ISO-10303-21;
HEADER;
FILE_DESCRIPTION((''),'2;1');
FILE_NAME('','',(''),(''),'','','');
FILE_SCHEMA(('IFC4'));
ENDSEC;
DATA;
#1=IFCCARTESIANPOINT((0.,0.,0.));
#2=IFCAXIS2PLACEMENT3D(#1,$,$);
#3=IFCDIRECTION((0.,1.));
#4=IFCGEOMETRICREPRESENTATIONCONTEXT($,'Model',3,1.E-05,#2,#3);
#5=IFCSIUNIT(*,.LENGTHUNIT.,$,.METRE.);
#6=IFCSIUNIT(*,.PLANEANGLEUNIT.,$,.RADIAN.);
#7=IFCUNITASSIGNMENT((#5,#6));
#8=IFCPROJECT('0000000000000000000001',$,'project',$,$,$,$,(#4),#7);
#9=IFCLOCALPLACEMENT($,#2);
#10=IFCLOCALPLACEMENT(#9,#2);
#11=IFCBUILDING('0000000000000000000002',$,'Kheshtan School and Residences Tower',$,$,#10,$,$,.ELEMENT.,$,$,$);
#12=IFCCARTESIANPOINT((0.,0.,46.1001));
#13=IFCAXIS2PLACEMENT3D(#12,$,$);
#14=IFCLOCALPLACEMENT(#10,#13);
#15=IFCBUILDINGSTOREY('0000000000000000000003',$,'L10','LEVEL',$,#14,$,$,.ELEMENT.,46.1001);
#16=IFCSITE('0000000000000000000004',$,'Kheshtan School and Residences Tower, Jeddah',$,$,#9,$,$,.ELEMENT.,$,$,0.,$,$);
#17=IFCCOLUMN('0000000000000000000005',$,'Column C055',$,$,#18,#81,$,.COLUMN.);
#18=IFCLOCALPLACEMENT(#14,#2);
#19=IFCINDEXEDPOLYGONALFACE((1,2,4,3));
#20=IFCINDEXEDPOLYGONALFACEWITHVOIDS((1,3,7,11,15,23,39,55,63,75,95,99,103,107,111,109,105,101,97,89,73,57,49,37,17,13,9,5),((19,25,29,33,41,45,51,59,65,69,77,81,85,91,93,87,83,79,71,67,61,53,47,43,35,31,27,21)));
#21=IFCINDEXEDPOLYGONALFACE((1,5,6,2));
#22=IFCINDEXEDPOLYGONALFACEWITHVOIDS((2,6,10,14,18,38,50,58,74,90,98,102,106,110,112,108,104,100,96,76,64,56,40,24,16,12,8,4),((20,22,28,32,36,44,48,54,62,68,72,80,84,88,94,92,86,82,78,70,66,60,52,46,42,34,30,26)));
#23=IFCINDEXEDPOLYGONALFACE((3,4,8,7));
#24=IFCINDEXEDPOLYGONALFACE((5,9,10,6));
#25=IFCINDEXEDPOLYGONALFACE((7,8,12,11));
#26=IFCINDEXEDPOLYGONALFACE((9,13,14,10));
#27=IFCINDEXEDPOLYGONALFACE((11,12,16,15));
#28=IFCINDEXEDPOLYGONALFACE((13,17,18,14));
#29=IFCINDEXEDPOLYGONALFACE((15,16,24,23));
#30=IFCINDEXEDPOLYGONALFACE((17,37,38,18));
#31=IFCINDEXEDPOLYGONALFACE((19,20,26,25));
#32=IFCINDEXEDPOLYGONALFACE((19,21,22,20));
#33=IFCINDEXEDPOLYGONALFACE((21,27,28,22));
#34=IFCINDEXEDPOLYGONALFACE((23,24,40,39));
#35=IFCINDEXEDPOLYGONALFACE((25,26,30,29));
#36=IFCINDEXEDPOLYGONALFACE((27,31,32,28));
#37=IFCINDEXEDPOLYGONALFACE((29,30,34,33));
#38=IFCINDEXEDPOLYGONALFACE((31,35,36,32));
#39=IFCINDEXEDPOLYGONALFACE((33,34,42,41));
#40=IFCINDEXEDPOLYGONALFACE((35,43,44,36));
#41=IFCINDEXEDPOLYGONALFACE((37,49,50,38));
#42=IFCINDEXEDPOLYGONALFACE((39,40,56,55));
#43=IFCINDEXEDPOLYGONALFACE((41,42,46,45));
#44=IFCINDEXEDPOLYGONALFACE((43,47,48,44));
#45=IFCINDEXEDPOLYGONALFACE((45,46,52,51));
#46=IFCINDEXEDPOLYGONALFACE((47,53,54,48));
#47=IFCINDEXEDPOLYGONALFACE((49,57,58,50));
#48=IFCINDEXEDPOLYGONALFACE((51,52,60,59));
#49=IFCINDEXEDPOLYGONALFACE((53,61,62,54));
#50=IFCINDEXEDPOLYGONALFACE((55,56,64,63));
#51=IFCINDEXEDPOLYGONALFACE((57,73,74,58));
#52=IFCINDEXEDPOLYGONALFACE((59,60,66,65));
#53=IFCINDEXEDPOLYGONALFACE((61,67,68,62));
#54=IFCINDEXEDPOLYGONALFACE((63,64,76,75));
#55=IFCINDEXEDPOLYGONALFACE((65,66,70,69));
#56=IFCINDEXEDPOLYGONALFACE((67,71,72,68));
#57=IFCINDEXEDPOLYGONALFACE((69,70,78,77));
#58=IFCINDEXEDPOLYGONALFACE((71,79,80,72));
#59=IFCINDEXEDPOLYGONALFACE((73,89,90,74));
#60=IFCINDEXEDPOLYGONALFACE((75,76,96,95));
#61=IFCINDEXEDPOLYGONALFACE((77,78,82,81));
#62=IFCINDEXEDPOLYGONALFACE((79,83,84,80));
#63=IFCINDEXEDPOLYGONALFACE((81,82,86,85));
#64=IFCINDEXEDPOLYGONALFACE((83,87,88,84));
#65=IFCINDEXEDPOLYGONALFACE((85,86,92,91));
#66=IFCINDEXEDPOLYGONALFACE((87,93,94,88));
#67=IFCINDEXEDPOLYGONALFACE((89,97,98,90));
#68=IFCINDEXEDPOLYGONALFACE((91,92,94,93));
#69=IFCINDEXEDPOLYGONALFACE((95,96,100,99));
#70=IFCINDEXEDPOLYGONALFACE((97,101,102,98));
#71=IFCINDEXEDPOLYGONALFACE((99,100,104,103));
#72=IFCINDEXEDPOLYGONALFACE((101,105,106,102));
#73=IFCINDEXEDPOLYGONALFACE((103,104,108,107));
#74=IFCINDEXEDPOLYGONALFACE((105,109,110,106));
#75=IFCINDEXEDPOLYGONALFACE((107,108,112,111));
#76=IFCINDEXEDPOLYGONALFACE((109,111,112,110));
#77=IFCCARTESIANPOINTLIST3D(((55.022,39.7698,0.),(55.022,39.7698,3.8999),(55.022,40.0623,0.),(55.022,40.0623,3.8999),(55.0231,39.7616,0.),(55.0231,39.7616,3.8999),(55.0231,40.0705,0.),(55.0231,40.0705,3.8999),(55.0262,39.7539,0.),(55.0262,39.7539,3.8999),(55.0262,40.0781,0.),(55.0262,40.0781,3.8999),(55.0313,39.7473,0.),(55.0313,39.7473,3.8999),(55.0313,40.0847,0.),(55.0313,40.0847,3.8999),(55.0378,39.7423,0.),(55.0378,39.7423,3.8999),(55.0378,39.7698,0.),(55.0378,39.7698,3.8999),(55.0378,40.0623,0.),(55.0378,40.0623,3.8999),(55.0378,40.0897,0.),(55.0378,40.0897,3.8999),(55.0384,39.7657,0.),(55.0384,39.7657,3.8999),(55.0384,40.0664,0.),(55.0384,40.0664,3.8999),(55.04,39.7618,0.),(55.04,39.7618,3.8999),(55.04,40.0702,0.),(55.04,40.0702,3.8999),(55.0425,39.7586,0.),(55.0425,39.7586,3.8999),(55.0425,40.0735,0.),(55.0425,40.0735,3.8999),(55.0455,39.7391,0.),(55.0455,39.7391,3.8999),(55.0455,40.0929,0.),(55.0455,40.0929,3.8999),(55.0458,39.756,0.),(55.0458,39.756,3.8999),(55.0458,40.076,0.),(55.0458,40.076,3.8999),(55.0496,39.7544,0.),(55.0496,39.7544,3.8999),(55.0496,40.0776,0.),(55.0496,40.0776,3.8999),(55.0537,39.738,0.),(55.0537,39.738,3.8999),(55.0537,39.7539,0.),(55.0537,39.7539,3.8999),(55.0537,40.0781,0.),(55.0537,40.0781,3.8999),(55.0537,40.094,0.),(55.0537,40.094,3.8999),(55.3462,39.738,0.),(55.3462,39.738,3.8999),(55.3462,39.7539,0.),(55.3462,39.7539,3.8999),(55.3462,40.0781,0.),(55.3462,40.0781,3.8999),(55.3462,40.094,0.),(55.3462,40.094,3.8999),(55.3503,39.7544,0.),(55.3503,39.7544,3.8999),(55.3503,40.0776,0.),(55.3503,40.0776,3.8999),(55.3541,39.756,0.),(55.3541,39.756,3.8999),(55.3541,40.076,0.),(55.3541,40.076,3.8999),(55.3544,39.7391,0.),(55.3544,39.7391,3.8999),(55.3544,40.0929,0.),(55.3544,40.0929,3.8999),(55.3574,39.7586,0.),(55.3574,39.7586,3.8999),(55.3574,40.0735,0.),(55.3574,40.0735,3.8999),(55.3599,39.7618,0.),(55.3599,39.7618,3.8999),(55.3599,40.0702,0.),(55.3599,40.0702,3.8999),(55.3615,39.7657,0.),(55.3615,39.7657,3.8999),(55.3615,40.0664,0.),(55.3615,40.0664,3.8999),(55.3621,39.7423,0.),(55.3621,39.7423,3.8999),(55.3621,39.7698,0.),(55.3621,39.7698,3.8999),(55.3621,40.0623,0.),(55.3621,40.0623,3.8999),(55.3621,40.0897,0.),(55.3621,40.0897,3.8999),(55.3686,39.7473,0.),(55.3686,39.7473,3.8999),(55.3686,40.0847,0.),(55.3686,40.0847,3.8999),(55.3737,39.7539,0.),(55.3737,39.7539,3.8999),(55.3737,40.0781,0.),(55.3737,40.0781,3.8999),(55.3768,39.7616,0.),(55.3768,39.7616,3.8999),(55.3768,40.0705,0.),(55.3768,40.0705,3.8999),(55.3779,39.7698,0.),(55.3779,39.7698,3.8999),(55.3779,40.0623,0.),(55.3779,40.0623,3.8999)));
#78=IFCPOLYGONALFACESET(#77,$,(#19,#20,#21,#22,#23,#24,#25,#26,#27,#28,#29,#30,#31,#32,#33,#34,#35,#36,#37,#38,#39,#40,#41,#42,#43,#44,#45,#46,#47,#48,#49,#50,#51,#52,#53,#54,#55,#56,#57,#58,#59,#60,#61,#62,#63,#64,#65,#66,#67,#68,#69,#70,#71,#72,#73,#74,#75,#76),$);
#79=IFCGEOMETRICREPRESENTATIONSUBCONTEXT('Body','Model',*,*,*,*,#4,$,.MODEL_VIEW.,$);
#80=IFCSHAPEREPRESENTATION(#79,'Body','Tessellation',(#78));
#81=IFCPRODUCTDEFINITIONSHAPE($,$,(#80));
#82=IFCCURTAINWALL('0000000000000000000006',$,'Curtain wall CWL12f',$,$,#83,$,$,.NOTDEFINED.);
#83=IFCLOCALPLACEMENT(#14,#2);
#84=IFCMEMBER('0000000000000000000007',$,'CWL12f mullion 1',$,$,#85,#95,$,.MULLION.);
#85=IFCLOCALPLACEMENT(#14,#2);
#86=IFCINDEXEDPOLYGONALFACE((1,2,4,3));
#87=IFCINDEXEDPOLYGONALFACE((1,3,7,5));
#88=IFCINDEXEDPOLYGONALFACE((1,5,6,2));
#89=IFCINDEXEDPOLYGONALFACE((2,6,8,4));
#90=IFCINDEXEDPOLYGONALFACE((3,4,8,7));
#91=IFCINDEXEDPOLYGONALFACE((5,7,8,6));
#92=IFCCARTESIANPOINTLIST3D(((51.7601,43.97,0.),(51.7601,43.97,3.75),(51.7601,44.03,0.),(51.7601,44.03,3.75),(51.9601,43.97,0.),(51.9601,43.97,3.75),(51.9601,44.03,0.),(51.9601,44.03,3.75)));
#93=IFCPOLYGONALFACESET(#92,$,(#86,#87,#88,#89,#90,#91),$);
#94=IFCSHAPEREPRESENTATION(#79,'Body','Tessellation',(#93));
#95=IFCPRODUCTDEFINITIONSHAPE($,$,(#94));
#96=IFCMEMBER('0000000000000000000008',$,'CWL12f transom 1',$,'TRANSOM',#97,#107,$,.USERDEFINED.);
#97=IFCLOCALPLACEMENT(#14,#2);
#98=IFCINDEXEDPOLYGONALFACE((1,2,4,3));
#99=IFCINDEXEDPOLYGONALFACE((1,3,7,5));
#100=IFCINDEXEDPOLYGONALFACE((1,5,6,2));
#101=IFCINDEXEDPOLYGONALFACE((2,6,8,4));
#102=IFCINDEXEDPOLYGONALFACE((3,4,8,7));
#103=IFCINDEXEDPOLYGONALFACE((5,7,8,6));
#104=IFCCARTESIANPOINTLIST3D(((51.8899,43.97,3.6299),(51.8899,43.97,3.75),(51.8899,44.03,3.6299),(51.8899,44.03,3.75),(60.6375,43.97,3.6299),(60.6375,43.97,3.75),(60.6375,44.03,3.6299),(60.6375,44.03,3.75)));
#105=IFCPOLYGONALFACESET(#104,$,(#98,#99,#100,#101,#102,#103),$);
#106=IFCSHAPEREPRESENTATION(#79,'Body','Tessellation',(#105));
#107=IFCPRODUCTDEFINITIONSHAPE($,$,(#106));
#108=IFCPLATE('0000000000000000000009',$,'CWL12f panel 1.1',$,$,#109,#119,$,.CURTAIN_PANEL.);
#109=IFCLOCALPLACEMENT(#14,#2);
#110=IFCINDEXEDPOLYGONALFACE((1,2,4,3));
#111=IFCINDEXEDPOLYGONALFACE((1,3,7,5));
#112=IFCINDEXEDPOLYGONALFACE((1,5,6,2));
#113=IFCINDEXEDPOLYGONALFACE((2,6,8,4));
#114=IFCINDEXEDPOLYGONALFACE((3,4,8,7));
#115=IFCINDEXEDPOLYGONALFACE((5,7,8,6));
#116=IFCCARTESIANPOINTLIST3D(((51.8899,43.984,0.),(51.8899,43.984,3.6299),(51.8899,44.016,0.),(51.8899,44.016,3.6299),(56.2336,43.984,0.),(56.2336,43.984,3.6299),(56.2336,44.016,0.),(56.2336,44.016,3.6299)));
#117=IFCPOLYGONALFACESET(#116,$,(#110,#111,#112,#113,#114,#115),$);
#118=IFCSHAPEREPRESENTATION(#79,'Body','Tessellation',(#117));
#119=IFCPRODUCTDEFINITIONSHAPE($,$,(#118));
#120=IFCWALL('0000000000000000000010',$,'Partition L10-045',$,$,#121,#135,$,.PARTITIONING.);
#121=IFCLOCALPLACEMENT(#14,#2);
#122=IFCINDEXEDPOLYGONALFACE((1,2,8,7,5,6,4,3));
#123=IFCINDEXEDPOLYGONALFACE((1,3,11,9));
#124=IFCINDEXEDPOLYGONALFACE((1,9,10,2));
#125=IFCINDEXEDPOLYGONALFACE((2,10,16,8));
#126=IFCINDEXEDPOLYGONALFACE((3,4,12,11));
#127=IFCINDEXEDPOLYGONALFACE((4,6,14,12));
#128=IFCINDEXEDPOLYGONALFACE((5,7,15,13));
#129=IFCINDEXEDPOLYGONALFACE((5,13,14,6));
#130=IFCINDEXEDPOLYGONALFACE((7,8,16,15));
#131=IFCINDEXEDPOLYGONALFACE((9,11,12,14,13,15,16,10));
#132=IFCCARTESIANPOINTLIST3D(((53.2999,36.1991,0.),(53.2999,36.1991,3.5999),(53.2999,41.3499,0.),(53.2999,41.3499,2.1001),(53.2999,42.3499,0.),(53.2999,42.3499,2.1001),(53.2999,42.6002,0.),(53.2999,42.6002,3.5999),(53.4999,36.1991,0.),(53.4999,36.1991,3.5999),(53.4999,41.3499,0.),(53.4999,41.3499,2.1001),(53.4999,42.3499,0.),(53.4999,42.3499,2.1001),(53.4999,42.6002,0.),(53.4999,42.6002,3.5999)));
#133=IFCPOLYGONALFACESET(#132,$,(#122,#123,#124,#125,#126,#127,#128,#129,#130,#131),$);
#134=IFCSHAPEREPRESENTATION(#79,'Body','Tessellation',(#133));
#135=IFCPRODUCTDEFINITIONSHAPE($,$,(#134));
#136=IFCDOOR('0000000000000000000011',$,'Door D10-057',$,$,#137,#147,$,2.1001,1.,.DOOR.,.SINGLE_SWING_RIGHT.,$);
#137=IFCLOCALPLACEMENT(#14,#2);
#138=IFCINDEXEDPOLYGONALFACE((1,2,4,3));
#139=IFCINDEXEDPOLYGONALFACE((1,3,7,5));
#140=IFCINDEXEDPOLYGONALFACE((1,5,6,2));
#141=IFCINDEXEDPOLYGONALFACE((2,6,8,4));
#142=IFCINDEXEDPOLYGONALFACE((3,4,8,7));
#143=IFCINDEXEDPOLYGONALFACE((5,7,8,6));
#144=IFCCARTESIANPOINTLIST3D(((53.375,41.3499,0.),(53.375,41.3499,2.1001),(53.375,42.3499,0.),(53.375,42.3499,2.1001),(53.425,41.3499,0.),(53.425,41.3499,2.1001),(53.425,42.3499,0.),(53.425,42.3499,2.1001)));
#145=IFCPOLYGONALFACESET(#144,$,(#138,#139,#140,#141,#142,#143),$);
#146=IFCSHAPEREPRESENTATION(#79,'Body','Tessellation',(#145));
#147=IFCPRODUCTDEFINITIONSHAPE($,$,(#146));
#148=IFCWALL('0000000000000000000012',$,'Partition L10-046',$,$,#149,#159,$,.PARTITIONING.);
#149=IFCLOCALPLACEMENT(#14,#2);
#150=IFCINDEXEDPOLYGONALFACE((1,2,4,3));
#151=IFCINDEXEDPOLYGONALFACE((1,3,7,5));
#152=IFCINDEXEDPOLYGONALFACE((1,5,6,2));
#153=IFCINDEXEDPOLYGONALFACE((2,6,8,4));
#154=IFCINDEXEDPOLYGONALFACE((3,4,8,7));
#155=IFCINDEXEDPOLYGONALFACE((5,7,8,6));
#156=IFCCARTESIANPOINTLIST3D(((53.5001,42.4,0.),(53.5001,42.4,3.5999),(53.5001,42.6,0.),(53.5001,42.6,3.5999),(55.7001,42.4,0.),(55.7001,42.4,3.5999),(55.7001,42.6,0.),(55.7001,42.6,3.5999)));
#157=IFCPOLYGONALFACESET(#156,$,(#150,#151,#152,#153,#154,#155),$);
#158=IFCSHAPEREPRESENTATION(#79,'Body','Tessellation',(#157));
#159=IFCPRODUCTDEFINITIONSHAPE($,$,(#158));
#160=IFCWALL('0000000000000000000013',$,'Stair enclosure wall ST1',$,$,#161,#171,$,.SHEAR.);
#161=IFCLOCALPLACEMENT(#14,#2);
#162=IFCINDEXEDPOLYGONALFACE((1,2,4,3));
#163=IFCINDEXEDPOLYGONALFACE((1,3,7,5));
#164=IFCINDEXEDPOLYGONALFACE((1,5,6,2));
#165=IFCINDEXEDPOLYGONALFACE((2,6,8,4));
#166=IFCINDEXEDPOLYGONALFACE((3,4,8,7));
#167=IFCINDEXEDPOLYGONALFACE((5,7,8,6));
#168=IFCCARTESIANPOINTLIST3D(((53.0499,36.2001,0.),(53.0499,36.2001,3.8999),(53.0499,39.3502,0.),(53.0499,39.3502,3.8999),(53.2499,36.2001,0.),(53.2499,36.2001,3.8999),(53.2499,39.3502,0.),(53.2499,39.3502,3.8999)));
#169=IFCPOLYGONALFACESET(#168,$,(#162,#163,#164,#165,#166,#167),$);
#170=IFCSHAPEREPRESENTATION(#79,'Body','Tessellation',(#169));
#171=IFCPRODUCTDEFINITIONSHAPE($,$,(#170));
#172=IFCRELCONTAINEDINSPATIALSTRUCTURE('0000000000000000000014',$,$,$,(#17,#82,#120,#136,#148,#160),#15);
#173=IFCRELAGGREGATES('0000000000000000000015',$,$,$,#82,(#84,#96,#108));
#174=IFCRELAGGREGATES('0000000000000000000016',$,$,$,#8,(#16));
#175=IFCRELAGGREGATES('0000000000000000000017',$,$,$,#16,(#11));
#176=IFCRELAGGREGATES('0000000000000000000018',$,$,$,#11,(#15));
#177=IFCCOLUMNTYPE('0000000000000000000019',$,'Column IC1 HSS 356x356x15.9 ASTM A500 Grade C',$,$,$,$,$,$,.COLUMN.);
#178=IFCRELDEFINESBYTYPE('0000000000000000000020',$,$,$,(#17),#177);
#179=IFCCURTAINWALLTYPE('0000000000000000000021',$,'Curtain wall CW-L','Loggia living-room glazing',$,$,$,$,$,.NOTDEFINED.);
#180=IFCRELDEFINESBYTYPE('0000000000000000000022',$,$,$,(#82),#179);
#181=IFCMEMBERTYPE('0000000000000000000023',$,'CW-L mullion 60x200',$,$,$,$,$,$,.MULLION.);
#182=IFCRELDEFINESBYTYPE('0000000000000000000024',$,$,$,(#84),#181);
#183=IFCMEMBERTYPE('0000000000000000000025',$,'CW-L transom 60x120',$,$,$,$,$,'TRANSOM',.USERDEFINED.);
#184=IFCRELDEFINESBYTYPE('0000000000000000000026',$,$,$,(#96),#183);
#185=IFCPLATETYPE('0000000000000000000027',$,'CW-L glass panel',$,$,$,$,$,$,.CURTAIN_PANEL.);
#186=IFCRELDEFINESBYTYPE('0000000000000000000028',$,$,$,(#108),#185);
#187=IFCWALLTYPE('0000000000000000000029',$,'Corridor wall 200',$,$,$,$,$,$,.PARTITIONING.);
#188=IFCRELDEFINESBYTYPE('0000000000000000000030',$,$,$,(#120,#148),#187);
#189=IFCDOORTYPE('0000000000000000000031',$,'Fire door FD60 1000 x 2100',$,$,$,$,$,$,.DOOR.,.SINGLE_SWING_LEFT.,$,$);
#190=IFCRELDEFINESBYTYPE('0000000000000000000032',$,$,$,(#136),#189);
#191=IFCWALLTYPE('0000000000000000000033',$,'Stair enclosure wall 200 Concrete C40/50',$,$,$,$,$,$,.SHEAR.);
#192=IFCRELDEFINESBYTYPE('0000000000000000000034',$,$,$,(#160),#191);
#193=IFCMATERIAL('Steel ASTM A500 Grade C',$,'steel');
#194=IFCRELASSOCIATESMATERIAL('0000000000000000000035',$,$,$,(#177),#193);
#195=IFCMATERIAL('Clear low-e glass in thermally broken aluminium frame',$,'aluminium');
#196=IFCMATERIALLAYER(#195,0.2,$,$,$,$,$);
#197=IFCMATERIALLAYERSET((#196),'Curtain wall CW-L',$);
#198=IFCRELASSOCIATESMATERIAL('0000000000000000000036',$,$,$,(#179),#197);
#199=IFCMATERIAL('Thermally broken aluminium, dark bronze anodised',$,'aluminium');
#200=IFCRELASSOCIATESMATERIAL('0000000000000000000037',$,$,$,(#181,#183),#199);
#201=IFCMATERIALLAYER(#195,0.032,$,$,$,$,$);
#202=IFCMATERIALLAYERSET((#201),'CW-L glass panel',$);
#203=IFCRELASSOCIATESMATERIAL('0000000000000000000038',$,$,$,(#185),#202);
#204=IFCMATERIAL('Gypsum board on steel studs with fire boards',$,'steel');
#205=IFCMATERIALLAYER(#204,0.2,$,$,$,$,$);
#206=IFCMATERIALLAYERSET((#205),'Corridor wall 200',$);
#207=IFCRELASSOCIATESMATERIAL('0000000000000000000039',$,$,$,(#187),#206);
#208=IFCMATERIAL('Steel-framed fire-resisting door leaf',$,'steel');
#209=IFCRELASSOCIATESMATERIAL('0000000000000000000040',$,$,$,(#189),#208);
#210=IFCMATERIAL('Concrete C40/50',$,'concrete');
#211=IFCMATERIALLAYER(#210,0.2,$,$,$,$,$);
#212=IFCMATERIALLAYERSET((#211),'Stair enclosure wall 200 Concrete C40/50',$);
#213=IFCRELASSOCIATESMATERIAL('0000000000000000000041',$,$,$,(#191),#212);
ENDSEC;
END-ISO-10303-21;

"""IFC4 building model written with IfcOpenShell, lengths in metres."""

from ifc_helpers import new_model, si_unit, direction, frame, frame_2d, origin, origin_2d, place, context, subcontext, project, spatial, rectangle, hollow_rectangle, extrude, source, transform, mapped, material, layer, layer_set, material_profile, profile_set, type_object, element, fill, aggregate, save


model = new_model("IFC4")

# Units and contexts
model_context = context("Model", 3, precision=1e-05, world=origin(), true_north=direction((0.0, 1.0)))
body_context = subcontext(model_context, "Body", "Model", "MODEL_VIEW")
ifc_project = project(units=[si_unit("LENGTHUNIT", "METRE"), si_unit("PLANEANGLEUNIT", "RADIAN")], contexts=[model_context])

# Site, building, storey
site_placement = place(None, origin())
site = spatial("IfcSite", under=ifc_project, at=site_placement, Name="Kheshtan School and Residences Tower, Jeddah", CompositionType="ELEMENT", RefElevation=0.0)
building_placement = place(site_placement, origin())
building = spatial("IfcBuilding", under=site, at=building_placement, Name="Kheshtan School and Residences Tower", CompositionType="ELEMENT")
storey_placement = place(building_placement, frame((0.0, 0.0, 46.1001)))
storey = spatial("IfcBuildingStorey", under=building, at=storey_placement, Name="L10", Description="LEVEL", CompositionType="ELEMENT", Elevation=46.1001)

# Column
ifc_material_1 = material(Name="Steel ASTM A500 Grade C", Category="steel")
ifc_material_profile_1 = material_profile(ifc_material_1, hollow_rectangle(XDim=0.356, YDim=0.356, WallThickness=0.0159, InnerFilletRadius=0.0159, OuterFilletRadius=0.0317, at=origin_2d()), Name="HSS 356x356x15.9")
ifc_profile_set_1 = profile_set([ifc_material_profile_1], Name="Steel ASTM A500 Grade C")
column_type = type_object("IfcColumnType", Name="Column IC1 HSS 356x356x15.9 ASTM A500 Grade C", PredefinedType="COLUMN", material=ifc_profile_set_1)
column_placement = place(storey_placement, frame((55.2, 39.916, 0.0), z_axis=(0.0, 0.0, 1.0), x_axis=(1.0, 0.0, 0.0)))
element("IfcColumn", 1, at=column_placement, inside=storey, type_object=column_type, Name="Column C055", PredefinedType="COLUMN", context=body_context, shape_type="SweptSolid", body=[
    extrude(hollow_rectangle(XDim=0.356, YDim=0.356, WallThickness=0.0159, InnerFilletRadius=0.0159, OuterFilletRadius=0.0317, at=origin_2d()), origin(), (0.0, 0.0, 1.0), 3.8999),
])

# Curtain wall, members, plate
ifc_material_2 = material(Name="Clear low-e glass in thermally broken aluminium frame", Category="aluminium")
ifc_layer_1 = layer(ifc_material_2, 0.2)
ifc_layer_set_1 = layer_set([ifc_layer_1], Name="Curtain wall CW-L")
curtain_wall_type = type_object("IfcCurtainWallType", Name="Curtain wall CW-L", Description="Loggia living-room glazing", PredefinedType="NOTDEFINED", material=ifc_layer_set_1)
curtain_wall_placement = place(storey_placement, origin())
curtain_wall = element("IfcCurtainWall", 2, at=curtain_wall_placement, inside=storey, type_object=curtain_wall_type, Name="Curtain wall CWL12f", PredefinedType="NOTDEFINED")
ifc_material_3 = material(Name="Thermally broken aluminium, dark bronze anodised", Category="aluminium")
ifc_material_profile_2 = material_profile(ifc_material_3, rectangle(XDim=0.0601, YDim=0.2, at=origin_2d()), Name="CW-L mullion 60x200")
ifc_profile_set_2 = profile_set([ifc_material_profile_2], Name="Thermally broken aluminium, dark bronze anodised")
member_type_1 = type_object("IfcMemberType", Name="CW-L mullion 60x200", PredefinedType="MULLION", material=ifc_profile_set_2)
member_1_placement = place(storey_placement, frame((51.8601, 44.0, 0.0), z_axis=(0.0, 0.0, 1.0), x_axis=(0.0, 1.0, 0.0)))
member_1 = element("IfcMember", 3, at=member_1_placement, type_object=member_type_1, Name="CWL12f mullion 1", PredefinedType="MULLION", context=body_context, shape_type="SweptSolid", body=[
    extrude(rectangle(XDim=0.0601, YDim=0.2, at=origin_2d()), origin(), (0.0, 0.0, 1.0), 3.75),
])
ifc_material_profile_3 = material_profile(ifc_material_3, rectangle(XDim=0.0601, YDim=0.1201, at=origin_2d()), Name="CW-L transom 60x120")
ifc_profile_set_3 = profile_set([ifc_material_profile_3], Name="Thermally broken aluminium, dark bronze anodised")
member_type_2 = type_object("IfcMemberType", Name="CW-L transom 60x120", ElementType="TRANSOM", PredefinedType="USERDEFINED", material=ifc_profile_set_3)
member_2_placement = place(storey_placement, frame((51.8899, 44.0, 3.6899), z_axis=(1.0, 0.0, 0.0), x_axis=(0.0, 1.0, 0.0)))
member_2 = element("IfcMember", 4, at=member_2_placement, type_object=member_type_2, Name="CWL12f transom 1", ObjectType="TRANSOM", PredefinedType="USERDEFINED", context=body_context, shape_type="SweptSolid", body=[
    extrude(rectangle(XDim=0.0601, YDim=0.1201, at=origin_2d()), origin(), (0.0, 0.0, 1.0), 8.7476),
])
ifc_layer_2 = layer(ifc_material_2, 0.032)
ifc_layer_set_2 = layer_set([ifc_layer_2], Name="CW-L glass panel")
plate_type = type_object("IfcPlateType", Name="CW-L glass panel", PredefinedType="CURTAIN_PANEL", material=ifc_layer_set_2)
plate_placement = place(storey_placement, frame((54.0618, 44.0, 0.0), z_axis=(0.0, 0.0, 1.0), x_axis=(1.0, 0.0, 0.0)))
plate = element("IfcPlate", 5, at=plate_placement, type_object=plate_type, Name="CWL12f panel 1.1", PredefinedType="CURTAIN_PANEL", context=body_context, shape_type="SweptSolid", body=[
    extrude(rectangle(XDim=4.3438, YDim=0.032, at=origin_2d()), origin(), (0.0, 0.0, 1.0), 3.6299),
])
aggregate(curtain_wall, [member_1, member_2, plate])

# Wall, opening, door
ifc_material_4 = material(Name="Gypsum board on steel studs with fire boards", Category="steel")
ifc_layer_3 = layer(ifc_material_4, 0.2)
ifc_layer_set_3 = layer_set([ifc_layer_3], Name="Corridor wall 200")
wall_type_1 = type_object("IfcWallType", Name="Corridor wall 200", PredefinedType="PARTITIONING", material=ifc_layer_set_3)
wall_1_placement = place(storey_placement, frame((53.3999, 36.199, 0.0), z_axis=(0.0, 0.0, 1.0), x_axis=(0.0, 1.0, 0.0)))
wall_1 = element("IfcWall", 6, at=wall_1_placement, inside=storey, type_object=wall_type_1, Name="Partition L10-045", PredefinedType="PARTITIONING", context=body_context, shape_type="SweptSolid", body=[
    extrude(rectangle(XDim=6.4011, YDim=0.2, at=frame_2d((3.2007, 0.0))), origin(), (0.0, 0.0, 1.0), 3.5999),
])
opening_1_placement = place(wall_1_placement, frame((5.1509, 0.0, 0.0)))
opening_1 = element("IfcOpeningElement", 7, at=opening_1_placement, cuts=wall_1, PredefinedType="OPENING", context=body_context, shape_type="SweptSolid", body=[
    extrude(rectangle(XDim=1.0, YDim=2.1001, at=frame_2d((0.5, 1.05))), frame((0.0, 0.1099, 0.0), z_axis=(0.0, -1.0, 0.0), x_axis=(1.0, 0.0, 0.0)), (0.0, 0.0, 1.0), 0.22),
])
ifc_material_5 = material(Name="Steel-framed fire-resisting door leaf", Category="steel")
door_type_1 = type_object("IfcDoorType", Name="Fire door FD60 1000 x 2100", OperationType="SINGLE_SWING_LEFT", PredefinedType="DOOR", material=ifc_material_5)
shared_shape_1 = source(origin(), body_context, "Body", "SweptSolid", [
    extrude(rectangle(XDim=1.0, YDim=2.1001, at=frame_2d((0.5, 1.05))), frame((0.0, 0.0249, 0.0), z_axis=(0.0, -1.0, 0.0), x_axis=(1.0, 0.0, 0.0)), (0.0, 0.0, 1.0), 0.05),
])
door_1_placement = place(opening_1_placement, origin())
door_1 = element("IfcDoor", 8, at=door_1_placement, inside=storey, type_object=door_type_1, Name="Door D10-057", OperationType="SINGLE_SWING_RIGHT", OverallHeight=2.1001, OverallWidth=1.0, PredefinedType="DOOR", context=body_context, shape_type="MappedRepresentation", body=[
    mapped(shared_shape_1, transform((0.0, 0.0, 0.0), x_axis=(1.0, 0.0, 0.0), y_axis=(0.0, 1.0, 0.0), z_axis=(0.0, 0.0, 1.0), scale=1.0)),
])
fill(opening_1, door_1)

# Wall
wall_2_placement = place(storey_placement, frame((53.5, 42.5, 0.0), z_axis=(0.0, 0.0, 1.0), x_axis=(1.0, 0.0, 0.0)))
element("IfcWall", 9, at=wall_2_placement, inside=storey, type_object=wall_type_1, Name="Partition L10-046", PredefinedType="PARTITIONING", context=body_context, shape_type="SweptSolid", body=[
    extrude(rectangle(XDim=2.2, YDim=0.2, at=frame_2d((1.1001, 0.0))), origin(), (0.0, 0.0, 1.0), 3.5999),
])

# Wall
ifc_material_6 = material(Name="Concrete C40/50", Category="concrete")
ifc_layer_4 = layer(ifc_material_6, 0.2)
ifc_layer_set_4 = layer_set([ifc_layer_4], Name="Stair enclosure wall 200 Concrete C40/50")
wall_type_2 = type_object("IfcWallType", Name="Stair enclosure wall 200 Concrete C40/50", PredefinedType="SHEAR", material=ifc_layer_set_4)
wall_3_placement = place(storey_placement, frame((53.1499, 36.2, 0.0), z_axis=(0.0, 0.0, 1.0), x_axis=(0.0, 1.0, 0.0)))
element("IfcWall", 10, at=wall_3_placement, inside=storey, type_object=wall_type_2, Name="Stair enclosure wall ST1", PredefinedType="SHEAR", context=body_context, shape_type="SweptSolid", body=[
    extrude(rectangle(XDim=3.1501, YDim=0.2, at=frame_2d((1.5752, 0.0))), origin(), (0.0, 0.0, 1.0), 3.8999),
])

save(model, "model.ifc")
